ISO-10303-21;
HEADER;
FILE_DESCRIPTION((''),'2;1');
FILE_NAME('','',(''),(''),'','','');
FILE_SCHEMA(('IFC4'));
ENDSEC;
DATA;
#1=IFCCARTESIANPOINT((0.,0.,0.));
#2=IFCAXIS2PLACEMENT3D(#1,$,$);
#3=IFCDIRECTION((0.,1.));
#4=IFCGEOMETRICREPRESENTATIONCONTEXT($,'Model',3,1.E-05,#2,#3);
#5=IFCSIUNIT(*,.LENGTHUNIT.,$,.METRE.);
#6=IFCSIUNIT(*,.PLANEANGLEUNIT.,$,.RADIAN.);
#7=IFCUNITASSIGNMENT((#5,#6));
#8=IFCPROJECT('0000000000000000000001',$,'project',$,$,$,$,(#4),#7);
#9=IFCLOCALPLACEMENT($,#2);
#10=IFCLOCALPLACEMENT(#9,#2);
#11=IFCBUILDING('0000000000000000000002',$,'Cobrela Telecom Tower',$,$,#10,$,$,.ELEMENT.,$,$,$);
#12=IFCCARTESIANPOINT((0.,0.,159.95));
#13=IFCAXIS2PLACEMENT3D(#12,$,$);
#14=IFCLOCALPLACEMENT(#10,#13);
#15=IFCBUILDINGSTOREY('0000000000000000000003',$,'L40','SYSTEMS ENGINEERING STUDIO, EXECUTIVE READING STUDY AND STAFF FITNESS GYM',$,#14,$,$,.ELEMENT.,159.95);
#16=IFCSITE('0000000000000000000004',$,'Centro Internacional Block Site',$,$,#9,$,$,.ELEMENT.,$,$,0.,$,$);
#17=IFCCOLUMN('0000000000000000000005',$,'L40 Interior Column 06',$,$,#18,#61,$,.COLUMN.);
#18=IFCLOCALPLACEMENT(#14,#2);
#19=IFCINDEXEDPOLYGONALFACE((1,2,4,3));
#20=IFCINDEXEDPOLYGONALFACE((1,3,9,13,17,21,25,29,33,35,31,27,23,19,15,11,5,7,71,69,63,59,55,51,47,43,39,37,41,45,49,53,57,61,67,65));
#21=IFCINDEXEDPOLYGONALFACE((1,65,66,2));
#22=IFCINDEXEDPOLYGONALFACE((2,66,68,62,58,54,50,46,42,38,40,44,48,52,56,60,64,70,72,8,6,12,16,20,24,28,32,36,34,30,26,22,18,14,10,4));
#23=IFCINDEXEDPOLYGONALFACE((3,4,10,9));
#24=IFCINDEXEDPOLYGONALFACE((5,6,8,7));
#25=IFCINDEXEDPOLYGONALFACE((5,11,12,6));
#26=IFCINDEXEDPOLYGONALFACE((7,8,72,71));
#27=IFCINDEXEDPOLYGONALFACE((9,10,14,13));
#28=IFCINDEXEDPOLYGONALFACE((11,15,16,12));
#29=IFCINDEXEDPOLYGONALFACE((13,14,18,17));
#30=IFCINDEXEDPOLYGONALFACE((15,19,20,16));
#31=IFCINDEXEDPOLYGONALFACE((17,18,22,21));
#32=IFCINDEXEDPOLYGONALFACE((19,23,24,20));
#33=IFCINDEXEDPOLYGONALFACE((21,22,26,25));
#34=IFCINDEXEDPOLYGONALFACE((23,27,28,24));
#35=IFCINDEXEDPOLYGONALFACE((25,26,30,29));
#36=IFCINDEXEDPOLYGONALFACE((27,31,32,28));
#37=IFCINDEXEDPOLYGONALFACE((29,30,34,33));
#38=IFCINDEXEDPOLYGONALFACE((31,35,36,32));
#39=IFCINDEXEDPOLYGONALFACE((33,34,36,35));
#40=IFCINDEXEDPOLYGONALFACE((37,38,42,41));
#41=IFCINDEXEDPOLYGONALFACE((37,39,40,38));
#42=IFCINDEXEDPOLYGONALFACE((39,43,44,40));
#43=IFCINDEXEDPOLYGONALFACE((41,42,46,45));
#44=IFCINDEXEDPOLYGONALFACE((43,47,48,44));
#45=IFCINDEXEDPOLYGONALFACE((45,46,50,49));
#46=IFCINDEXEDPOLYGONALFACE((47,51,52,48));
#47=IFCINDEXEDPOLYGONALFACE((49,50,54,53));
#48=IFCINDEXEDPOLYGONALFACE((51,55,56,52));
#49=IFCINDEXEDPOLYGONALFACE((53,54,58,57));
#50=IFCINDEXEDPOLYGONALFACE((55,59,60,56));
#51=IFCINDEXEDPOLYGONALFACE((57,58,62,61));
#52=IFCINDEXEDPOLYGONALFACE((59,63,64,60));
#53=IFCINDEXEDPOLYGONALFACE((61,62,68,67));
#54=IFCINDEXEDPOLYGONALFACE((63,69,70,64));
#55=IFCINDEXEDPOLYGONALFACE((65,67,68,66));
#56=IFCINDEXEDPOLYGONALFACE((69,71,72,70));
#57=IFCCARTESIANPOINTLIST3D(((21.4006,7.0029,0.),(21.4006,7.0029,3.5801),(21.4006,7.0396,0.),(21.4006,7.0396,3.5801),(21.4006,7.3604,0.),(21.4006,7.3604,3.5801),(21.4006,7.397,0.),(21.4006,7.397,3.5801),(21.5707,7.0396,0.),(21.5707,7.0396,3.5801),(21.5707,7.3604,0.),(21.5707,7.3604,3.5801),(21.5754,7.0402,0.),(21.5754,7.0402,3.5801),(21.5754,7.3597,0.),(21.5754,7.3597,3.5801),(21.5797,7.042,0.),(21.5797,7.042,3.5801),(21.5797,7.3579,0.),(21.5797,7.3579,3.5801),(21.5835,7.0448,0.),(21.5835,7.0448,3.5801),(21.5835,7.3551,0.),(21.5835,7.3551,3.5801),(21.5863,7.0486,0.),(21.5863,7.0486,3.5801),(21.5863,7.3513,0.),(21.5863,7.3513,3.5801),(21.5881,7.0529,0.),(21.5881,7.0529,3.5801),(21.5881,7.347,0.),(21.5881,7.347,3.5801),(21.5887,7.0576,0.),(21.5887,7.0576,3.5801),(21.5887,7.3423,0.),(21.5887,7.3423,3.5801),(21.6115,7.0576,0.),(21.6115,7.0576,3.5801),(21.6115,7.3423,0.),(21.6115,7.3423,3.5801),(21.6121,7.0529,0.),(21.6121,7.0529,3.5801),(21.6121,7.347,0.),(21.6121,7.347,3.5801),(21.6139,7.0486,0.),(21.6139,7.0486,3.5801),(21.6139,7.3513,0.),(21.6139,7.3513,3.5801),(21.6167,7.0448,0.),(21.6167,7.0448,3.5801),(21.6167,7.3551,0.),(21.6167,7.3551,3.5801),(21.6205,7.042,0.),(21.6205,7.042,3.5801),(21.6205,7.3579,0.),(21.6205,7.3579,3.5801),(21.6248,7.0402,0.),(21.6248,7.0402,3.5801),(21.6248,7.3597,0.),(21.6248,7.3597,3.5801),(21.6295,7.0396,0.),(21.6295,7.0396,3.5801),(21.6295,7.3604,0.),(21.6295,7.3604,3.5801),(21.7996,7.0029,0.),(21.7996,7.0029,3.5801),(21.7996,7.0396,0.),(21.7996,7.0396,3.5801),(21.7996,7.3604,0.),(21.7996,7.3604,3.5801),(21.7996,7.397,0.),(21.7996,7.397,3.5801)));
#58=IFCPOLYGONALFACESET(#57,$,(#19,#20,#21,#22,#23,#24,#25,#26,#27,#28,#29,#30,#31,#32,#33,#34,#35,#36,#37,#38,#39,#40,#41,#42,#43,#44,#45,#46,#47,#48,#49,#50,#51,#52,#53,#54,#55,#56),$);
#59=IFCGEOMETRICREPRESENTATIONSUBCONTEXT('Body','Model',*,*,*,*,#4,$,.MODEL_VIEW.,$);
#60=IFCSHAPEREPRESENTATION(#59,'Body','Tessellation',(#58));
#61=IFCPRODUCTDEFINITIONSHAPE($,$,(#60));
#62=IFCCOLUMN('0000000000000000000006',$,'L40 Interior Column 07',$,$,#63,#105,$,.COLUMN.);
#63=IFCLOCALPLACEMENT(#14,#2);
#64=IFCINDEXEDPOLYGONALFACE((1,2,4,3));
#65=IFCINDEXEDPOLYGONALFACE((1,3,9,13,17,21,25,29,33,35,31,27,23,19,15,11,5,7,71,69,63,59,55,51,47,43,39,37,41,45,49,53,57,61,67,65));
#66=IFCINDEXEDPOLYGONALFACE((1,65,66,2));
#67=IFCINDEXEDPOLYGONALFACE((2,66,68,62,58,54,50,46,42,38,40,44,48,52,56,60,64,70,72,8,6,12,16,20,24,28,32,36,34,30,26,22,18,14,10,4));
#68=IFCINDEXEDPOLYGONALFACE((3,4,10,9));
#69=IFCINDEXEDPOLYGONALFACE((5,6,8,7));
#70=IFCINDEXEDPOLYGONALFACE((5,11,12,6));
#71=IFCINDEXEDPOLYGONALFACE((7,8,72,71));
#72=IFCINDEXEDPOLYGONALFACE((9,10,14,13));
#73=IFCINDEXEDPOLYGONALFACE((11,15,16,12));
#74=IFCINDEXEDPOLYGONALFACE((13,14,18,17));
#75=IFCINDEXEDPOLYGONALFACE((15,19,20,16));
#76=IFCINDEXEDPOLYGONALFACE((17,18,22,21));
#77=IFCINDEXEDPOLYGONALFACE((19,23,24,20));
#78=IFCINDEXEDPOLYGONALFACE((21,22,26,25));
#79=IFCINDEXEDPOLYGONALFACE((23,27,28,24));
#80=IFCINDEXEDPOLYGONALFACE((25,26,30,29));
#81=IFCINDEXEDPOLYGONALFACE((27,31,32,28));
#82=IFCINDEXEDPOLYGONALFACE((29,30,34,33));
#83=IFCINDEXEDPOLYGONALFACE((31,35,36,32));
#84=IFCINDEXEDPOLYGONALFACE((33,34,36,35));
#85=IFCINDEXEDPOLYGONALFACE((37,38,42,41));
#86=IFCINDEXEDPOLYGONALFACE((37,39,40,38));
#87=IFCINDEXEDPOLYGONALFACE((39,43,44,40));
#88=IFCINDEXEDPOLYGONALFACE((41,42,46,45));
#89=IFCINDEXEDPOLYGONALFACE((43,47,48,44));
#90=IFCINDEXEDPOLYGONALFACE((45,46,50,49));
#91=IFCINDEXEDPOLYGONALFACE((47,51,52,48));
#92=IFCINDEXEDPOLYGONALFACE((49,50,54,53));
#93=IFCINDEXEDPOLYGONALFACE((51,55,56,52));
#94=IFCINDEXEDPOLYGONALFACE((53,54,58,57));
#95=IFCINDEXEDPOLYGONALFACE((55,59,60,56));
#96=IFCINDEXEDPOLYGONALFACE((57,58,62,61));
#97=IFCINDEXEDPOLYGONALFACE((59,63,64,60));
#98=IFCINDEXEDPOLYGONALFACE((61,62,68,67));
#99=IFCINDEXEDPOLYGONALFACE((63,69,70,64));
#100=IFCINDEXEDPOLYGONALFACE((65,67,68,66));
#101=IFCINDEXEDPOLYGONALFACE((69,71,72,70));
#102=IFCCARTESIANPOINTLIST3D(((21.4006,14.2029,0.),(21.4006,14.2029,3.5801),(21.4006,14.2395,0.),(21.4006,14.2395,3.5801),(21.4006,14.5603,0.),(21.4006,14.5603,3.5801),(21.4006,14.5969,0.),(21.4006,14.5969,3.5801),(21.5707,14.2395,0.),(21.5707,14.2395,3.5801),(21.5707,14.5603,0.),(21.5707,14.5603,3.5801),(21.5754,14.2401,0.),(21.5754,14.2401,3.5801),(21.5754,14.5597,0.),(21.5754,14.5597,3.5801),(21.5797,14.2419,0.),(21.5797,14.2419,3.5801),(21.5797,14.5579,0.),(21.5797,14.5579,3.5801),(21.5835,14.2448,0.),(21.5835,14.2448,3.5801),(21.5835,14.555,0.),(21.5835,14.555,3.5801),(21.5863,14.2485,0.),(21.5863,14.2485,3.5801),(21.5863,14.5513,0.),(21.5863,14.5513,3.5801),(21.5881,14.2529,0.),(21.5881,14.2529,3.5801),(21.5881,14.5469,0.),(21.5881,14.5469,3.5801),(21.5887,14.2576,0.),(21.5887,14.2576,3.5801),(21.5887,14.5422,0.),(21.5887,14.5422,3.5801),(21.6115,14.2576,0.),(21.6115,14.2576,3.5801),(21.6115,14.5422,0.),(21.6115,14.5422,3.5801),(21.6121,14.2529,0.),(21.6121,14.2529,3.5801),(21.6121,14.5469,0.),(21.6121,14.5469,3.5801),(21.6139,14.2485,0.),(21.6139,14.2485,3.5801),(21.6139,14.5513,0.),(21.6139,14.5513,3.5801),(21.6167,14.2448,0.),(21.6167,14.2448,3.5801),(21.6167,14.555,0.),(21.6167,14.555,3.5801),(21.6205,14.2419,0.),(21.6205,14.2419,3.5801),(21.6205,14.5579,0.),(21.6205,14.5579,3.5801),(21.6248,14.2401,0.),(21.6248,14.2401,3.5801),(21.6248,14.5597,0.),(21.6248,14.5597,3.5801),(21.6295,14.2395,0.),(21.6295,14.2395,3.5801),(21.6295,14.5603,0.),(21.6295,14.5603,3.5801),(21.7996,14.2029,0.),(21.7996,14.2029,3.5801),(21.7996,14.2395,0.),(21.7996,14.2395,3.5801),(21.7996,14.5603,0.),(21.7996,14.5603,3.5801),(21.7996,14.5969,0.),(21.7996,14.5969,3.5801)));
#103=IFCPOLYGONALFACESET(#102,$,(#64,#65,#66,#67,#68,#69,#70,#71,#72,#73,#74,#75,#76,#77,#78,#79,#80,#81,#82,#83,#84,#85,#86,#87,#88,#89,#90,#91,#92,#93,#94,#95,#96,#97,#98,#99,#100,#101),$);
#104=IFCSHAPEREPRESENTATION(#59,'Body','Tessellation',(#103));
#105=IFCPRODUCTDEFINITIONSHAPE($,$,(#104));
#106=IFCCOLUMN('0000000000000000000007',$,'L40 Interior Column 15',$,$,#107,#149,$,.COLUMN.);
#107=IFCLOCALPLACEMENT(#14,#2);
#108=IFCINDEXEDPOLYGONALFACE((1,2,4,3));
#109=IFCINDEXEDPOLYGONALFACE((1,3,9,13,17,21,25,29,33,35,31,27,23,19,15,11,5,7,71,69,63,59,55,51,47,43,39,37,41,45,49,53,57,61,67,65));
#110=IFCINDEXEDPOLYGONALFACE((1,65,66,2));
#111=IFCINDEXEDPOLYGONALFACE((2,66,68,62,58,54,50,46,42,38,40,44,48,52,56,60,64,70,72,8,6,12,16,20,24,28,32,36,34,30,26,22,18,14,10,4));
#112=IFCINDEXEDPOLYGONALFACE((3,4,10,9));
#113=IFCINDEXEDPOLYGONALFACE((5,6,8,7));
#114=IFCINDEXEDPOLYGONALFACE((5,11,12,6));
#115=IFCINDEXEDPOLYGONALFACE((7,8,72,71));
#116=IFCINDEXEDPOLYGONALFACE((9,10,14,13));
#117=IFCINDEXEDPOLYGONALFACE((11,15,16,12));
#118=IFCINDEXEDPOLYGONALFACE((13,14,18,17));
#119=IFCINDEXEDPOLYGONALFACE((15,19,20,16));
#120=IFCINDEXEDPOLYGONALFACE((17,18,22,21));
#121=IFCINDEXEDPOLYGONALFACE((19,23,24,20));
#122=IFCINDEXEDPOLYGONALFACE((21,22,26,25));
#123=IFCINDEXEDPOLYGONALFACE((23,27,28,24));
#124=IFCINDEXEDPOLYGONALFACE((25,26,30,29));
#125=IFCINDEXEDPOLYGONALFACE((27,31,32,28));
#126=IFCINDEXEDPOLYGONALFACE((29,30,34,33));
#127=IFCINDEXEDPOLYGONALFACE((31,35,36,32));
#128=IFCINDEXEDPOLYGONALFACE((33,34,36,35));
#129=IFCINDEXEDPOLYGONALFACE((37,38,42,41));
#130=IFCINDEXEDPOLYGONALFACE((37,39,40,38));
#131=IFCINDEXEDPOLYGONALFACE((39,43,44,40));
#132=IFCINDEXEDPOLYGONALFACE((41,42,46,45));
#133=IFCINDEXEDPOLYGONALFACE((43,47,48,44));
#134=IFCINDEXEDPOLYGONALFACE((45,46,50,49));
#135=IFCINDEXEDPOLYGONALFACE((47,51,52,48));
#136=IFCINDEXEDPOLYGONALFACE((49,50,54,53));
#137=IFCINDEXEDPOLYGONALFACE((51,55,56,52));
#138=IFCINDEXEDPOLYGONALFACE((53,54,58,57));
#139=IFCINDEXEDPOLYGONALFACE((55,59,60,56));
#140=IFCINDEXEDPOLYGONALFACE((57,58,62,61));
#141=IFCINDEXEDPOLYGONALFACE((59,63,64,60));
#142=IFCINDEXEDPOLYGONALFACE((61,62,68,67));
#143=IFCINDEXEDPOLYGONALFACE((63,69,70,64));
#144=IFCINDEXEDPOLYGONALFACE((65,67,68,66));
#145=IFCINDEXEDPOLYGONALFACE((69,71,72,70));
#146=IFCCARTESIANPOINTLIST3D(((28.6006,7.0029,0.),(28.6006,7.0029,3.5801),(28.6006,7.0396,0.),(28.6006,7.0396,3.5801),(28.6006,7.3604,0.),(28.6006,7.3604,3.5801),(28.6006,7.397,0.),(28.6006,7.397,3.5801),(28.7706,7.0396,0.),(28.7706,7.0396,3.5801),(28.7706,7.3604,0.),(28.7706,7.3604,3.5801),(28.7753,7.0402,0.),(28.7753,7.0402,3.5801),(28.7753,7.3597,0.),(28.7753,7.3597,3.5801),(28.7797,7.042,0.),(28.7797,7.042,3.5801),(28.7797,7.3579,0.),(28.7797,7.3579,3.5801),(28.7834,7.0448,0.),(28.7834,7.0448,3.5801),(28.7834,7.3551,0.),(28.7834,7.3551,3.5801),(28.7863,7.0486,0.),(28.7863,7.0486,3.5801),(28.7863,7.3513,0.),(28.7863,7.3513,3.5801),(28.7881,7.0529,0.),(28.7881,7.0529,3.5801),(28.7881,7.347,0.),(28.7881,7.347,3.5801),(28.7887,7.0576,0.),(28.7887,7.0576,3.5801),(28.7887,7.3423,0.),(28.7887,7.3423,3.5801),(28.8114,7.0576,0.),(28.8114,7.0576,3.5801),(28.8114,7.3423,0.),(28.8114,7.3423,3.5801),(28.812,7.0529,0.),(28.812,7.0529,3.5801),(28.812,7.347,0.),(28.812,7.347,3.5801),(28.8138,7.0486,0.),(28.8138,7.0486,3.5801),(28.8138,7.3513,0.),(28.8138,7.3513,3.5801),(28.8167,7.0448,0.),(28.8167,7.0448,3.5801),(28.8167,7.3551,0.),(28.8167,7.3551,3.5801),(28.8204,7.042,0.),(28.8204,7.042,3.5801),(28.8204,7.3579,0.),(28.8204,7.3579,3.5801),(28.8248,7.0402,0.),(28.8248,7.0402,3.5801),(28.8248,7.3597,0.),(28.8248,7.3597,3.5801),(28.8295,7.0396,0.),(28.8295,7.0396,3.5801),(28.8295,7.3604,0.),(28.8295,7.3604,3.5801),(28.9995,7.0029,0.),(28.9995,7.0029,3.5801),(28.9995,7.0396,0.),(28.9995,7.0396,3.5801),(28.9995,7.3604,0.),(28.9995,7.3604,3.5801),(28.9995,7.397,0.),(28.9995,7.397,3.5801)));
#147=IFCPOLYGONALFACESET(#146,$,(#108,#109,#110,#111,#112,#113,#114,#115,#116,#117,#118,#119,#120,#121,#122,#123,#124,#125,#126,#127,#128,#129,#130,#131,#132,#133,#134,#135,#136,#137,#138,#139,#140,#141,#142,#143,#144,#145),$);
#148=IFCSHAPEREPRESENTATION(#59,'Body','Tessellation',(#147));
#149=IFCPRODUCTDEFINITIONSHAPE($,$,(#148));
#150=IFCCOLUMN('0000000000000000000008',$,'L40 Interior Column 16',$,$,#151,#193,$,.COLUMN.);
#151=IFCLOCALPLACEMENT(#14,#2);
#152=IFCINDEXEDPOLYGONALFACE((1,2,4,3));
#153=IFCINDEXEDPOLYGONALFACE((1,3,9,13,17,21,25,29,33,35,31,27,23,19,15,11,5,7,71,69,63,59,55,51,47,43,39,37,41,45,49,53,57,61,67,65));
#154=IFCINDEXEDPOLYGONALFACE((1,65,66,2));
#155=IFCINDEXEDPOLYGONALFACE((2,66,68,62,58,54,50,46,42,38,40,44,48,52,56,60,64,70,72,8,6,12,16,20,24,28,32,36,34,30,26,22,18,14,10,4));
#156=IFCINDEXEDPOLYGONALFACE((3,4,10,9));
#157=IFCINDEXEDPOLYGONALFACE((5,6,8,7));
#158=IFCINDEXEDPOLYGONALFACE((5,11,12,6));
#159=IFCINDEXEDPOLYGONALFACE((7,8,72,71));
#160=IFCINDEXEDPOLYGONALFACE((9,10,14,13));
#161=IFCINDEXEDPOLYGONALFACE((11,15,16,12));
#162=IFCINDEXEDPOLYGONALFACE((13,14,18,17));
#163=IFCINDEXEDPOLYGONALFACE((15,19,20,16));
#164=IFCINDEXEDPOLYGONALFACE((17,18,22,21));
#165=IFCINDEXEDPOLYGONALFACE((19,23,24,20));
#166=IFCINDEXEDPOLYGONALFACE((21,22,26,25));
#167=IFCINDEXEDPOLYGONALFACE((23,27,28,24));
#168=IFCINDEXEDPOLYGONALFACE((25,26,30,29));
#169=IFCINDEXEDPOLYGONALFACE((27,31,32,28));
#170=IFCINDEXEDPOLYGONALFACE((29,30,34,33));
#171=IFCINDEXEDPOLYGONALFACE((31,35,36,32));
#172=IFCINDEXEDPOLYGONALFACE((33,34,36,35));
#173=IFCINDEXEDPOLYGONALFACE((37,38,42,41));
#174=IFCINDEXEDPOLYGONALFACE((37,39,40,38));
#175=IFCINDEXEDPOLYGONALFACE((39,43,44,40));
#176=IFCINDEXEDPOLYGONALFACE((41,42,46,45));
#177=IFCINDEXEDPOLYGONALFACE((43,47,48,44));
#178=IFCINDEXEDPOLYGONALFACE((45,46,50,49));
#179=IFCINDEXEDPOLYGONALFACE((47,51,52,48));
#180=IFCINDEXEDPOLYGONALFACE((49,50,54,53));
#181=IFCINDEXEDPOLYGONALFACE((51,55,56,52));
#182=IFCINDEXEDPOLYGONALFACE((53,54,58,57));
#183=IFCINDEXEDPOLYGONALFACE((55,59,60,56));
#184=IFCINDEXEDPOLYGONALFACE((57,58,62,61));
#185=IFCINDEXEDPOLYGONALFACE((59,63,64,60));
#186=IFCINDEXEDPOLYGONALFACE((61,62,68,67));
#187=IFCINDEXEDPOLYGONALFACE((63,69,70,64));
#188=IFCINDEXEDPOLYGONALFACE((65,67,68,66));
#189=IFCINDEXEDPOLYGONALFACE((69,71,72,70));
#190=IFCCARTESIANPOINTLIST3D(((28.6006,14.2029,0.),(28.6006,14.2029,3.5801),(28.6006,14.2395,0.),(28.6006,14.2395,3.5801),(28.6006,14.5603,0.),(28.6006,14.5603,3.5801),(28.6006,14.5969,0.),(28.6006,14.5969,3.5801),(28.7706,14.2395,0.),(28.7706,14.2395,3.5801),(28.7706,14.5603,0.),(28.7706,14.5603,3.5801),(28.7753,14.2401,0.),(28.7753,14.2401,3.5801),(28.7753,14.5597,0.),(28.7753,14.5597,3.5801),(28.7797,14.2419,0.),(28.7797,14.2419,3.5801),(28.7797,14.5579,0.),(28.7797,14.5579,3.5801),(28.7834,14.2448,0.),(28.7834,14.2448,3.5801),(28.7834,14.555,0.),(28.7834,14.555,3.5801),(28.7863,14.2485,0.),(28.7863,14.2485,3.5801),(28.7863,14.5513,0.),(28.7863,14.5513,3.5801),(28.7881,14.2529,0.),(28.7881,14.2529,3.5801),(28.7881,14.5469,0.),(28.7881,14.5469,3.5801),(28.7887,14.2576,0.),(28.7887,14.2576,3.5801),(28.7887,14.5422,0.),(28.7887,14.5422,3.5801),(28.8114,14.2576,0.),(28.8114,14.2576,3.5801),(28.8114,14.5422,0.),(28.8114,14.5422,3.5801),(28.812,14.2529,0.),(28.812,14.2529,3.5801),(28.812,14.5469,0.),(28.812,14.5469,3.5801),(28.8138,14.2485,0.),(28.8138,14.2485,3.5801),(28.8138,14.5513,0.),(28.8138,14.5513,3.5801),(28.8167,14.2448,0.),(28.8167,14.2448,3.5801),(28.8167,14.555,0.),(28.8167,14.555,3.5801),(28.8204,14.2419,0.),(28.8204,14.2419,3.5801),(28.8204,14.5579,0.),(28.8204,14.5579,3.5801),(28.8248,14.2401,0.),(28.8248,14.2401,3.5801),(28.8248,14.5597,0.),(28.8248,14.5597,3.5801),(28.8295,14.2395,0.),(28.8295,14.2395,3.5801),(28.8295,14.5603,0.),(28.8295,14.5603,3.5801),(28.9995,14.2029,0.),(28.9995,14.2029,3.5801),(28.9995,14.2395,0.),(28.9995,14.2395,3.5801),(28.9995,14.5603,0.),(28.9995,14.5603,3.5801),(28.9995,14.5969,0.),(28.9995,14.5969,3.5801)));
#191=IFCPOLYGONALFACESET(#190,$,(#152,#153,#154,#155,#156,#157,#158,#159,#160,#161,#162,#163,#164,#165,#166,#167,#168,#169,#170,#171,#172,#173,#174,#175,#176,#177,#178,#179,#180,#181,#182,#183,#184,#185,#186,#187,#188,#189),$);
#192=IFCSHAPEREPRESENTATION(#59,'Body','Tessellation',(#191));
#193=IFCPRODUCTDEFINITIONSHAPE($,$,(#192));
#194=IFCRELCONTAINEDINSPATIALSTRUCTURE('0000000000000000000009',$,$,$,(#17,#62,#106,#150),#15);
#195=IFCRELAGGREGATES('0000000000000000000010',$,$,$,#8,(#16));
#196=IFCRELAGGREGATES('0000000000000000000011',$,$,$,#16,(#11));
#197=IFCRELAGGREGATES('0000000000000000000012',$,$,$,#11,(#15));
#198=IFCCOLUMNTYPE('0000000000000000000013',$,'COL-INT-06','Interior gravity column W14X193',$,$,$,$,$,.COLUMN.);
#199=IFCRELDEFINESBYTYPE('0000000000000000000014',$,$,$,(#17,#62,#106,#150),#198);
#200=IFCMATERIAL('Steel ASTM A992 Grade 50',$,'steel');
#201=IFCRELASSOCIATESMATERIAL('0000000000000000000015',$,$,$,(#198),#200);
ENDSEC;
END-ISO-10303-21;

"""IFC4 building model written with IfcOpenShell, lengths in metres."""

from ifc_helpers import new_model, si_unit, direction, frame, origin, origin_2d, place, context, subcontext, project, spatial, i_section, extrude, material, material_profile, profile_set, type_object, element, save


model = new_model("IFC4")

# Units and contexts
model_context = context("Model", 3, precision=1e-05, world=origin(), true_north=direction((0.0, 1.0)))
body_context = subcontext(model_context, "Body", "Model", "MODEL_VIEW")
ifc_project = project(units=[si_unit("LENGTHUNIT", "METRE"), si_unit("PLANEANGLEUNIT", "RADIAN")], contexts=[model_context])

# Site, building, storey
site_placement = place(None, origin())
site = spatial("IfcSite", under=ifc_project, at=site_placement, Name="Centro Internacional Block Site", CompositionType="ELEMENT", RefElevation=0.0)
building_placement = place(site_placement, origin())
building = spatial("IfcBuilding", under=site, at=building_placement, Name="Cobrela Telecom Tower", CompositionType="ELEMENT")
storey_placement = place(building_placement, frame((0.0, 0.0, 159.95)))
storey = spatial("IfcBuildingStorey", under=building, at=storey_placement, Name="L40", Description="SYSTEMS ENGINEERING STUDIO, EXECUTIVE READING STUDY AND STAFF FITNESS GYM", CompositionType="ELEMENT", Elevation=159.95)

# Columns
ifc_material_1 = material(Name="Steel ASTM A992 Grade 50", Category="steel")
ifc_material_profile_1 = material_profile(ifc_material_1, i_section(OverallWidth=0.3989, OverallDepth=0.394, WebThickness=0.0227, FlangeThickness=0.0366, FilletRadius=0.0181, at=origin_2d()), Name="W14X193")
ifc_profile_set_1 = profile_set([ifc_material_profile_1], Name="Steel ASTM A992 Grade 50")
column_type_1 = type_object("IfcColumnType", Name="COL-INT-06", Description="Interior gravity column W14X193", PredefinedType="COLUMN", material=ifc_profile_set_1)
for number, where, z_axis, x_axis, name in (
    (1, (21.6001, 7.2, 0.0), (0.0, 0.0, 1.0), (1.0, 0.0, 0.0), "L40 Interior Column 06"),
    (2, (21.6001, 14.3999, 0.0), (0.0, 0.0, 1.0), (1.0, 0.0, 0.0), "L40 Interior Column 07"),
    (3, (28.8, 7.2, 0.0), (0.0, 0.0, 1.0), (1.0, 0.0, 0.0), "L40 Interior Column 15"),
    (4, (28.8, 14.3999, 0.0), (0.0, 0.0, 1.0), (1.0, 0.0, 0.0), "L40 Interior Column 16"),
):
    element("IfcColumn", number, at=place(storey_placement, frame(where, z_axis=z_axis, x_axis=x_axis)), inside=storey, type_object=column_type_1, Name=name, PredefinedType="COLUMN", context=body_context, shape_type="SweptSolid", body=[
        extrude(i_section(OverallWidth=0.3989, OverallDepth=0.394, WebThickness=0.0227, FlangeThickness=0.0366, FilletRadius=0.0181, at=origin_2d()), origin(), (0.0, 0.0, 1.0), 3.5801),
    ])

save(model, "model.ifc")
